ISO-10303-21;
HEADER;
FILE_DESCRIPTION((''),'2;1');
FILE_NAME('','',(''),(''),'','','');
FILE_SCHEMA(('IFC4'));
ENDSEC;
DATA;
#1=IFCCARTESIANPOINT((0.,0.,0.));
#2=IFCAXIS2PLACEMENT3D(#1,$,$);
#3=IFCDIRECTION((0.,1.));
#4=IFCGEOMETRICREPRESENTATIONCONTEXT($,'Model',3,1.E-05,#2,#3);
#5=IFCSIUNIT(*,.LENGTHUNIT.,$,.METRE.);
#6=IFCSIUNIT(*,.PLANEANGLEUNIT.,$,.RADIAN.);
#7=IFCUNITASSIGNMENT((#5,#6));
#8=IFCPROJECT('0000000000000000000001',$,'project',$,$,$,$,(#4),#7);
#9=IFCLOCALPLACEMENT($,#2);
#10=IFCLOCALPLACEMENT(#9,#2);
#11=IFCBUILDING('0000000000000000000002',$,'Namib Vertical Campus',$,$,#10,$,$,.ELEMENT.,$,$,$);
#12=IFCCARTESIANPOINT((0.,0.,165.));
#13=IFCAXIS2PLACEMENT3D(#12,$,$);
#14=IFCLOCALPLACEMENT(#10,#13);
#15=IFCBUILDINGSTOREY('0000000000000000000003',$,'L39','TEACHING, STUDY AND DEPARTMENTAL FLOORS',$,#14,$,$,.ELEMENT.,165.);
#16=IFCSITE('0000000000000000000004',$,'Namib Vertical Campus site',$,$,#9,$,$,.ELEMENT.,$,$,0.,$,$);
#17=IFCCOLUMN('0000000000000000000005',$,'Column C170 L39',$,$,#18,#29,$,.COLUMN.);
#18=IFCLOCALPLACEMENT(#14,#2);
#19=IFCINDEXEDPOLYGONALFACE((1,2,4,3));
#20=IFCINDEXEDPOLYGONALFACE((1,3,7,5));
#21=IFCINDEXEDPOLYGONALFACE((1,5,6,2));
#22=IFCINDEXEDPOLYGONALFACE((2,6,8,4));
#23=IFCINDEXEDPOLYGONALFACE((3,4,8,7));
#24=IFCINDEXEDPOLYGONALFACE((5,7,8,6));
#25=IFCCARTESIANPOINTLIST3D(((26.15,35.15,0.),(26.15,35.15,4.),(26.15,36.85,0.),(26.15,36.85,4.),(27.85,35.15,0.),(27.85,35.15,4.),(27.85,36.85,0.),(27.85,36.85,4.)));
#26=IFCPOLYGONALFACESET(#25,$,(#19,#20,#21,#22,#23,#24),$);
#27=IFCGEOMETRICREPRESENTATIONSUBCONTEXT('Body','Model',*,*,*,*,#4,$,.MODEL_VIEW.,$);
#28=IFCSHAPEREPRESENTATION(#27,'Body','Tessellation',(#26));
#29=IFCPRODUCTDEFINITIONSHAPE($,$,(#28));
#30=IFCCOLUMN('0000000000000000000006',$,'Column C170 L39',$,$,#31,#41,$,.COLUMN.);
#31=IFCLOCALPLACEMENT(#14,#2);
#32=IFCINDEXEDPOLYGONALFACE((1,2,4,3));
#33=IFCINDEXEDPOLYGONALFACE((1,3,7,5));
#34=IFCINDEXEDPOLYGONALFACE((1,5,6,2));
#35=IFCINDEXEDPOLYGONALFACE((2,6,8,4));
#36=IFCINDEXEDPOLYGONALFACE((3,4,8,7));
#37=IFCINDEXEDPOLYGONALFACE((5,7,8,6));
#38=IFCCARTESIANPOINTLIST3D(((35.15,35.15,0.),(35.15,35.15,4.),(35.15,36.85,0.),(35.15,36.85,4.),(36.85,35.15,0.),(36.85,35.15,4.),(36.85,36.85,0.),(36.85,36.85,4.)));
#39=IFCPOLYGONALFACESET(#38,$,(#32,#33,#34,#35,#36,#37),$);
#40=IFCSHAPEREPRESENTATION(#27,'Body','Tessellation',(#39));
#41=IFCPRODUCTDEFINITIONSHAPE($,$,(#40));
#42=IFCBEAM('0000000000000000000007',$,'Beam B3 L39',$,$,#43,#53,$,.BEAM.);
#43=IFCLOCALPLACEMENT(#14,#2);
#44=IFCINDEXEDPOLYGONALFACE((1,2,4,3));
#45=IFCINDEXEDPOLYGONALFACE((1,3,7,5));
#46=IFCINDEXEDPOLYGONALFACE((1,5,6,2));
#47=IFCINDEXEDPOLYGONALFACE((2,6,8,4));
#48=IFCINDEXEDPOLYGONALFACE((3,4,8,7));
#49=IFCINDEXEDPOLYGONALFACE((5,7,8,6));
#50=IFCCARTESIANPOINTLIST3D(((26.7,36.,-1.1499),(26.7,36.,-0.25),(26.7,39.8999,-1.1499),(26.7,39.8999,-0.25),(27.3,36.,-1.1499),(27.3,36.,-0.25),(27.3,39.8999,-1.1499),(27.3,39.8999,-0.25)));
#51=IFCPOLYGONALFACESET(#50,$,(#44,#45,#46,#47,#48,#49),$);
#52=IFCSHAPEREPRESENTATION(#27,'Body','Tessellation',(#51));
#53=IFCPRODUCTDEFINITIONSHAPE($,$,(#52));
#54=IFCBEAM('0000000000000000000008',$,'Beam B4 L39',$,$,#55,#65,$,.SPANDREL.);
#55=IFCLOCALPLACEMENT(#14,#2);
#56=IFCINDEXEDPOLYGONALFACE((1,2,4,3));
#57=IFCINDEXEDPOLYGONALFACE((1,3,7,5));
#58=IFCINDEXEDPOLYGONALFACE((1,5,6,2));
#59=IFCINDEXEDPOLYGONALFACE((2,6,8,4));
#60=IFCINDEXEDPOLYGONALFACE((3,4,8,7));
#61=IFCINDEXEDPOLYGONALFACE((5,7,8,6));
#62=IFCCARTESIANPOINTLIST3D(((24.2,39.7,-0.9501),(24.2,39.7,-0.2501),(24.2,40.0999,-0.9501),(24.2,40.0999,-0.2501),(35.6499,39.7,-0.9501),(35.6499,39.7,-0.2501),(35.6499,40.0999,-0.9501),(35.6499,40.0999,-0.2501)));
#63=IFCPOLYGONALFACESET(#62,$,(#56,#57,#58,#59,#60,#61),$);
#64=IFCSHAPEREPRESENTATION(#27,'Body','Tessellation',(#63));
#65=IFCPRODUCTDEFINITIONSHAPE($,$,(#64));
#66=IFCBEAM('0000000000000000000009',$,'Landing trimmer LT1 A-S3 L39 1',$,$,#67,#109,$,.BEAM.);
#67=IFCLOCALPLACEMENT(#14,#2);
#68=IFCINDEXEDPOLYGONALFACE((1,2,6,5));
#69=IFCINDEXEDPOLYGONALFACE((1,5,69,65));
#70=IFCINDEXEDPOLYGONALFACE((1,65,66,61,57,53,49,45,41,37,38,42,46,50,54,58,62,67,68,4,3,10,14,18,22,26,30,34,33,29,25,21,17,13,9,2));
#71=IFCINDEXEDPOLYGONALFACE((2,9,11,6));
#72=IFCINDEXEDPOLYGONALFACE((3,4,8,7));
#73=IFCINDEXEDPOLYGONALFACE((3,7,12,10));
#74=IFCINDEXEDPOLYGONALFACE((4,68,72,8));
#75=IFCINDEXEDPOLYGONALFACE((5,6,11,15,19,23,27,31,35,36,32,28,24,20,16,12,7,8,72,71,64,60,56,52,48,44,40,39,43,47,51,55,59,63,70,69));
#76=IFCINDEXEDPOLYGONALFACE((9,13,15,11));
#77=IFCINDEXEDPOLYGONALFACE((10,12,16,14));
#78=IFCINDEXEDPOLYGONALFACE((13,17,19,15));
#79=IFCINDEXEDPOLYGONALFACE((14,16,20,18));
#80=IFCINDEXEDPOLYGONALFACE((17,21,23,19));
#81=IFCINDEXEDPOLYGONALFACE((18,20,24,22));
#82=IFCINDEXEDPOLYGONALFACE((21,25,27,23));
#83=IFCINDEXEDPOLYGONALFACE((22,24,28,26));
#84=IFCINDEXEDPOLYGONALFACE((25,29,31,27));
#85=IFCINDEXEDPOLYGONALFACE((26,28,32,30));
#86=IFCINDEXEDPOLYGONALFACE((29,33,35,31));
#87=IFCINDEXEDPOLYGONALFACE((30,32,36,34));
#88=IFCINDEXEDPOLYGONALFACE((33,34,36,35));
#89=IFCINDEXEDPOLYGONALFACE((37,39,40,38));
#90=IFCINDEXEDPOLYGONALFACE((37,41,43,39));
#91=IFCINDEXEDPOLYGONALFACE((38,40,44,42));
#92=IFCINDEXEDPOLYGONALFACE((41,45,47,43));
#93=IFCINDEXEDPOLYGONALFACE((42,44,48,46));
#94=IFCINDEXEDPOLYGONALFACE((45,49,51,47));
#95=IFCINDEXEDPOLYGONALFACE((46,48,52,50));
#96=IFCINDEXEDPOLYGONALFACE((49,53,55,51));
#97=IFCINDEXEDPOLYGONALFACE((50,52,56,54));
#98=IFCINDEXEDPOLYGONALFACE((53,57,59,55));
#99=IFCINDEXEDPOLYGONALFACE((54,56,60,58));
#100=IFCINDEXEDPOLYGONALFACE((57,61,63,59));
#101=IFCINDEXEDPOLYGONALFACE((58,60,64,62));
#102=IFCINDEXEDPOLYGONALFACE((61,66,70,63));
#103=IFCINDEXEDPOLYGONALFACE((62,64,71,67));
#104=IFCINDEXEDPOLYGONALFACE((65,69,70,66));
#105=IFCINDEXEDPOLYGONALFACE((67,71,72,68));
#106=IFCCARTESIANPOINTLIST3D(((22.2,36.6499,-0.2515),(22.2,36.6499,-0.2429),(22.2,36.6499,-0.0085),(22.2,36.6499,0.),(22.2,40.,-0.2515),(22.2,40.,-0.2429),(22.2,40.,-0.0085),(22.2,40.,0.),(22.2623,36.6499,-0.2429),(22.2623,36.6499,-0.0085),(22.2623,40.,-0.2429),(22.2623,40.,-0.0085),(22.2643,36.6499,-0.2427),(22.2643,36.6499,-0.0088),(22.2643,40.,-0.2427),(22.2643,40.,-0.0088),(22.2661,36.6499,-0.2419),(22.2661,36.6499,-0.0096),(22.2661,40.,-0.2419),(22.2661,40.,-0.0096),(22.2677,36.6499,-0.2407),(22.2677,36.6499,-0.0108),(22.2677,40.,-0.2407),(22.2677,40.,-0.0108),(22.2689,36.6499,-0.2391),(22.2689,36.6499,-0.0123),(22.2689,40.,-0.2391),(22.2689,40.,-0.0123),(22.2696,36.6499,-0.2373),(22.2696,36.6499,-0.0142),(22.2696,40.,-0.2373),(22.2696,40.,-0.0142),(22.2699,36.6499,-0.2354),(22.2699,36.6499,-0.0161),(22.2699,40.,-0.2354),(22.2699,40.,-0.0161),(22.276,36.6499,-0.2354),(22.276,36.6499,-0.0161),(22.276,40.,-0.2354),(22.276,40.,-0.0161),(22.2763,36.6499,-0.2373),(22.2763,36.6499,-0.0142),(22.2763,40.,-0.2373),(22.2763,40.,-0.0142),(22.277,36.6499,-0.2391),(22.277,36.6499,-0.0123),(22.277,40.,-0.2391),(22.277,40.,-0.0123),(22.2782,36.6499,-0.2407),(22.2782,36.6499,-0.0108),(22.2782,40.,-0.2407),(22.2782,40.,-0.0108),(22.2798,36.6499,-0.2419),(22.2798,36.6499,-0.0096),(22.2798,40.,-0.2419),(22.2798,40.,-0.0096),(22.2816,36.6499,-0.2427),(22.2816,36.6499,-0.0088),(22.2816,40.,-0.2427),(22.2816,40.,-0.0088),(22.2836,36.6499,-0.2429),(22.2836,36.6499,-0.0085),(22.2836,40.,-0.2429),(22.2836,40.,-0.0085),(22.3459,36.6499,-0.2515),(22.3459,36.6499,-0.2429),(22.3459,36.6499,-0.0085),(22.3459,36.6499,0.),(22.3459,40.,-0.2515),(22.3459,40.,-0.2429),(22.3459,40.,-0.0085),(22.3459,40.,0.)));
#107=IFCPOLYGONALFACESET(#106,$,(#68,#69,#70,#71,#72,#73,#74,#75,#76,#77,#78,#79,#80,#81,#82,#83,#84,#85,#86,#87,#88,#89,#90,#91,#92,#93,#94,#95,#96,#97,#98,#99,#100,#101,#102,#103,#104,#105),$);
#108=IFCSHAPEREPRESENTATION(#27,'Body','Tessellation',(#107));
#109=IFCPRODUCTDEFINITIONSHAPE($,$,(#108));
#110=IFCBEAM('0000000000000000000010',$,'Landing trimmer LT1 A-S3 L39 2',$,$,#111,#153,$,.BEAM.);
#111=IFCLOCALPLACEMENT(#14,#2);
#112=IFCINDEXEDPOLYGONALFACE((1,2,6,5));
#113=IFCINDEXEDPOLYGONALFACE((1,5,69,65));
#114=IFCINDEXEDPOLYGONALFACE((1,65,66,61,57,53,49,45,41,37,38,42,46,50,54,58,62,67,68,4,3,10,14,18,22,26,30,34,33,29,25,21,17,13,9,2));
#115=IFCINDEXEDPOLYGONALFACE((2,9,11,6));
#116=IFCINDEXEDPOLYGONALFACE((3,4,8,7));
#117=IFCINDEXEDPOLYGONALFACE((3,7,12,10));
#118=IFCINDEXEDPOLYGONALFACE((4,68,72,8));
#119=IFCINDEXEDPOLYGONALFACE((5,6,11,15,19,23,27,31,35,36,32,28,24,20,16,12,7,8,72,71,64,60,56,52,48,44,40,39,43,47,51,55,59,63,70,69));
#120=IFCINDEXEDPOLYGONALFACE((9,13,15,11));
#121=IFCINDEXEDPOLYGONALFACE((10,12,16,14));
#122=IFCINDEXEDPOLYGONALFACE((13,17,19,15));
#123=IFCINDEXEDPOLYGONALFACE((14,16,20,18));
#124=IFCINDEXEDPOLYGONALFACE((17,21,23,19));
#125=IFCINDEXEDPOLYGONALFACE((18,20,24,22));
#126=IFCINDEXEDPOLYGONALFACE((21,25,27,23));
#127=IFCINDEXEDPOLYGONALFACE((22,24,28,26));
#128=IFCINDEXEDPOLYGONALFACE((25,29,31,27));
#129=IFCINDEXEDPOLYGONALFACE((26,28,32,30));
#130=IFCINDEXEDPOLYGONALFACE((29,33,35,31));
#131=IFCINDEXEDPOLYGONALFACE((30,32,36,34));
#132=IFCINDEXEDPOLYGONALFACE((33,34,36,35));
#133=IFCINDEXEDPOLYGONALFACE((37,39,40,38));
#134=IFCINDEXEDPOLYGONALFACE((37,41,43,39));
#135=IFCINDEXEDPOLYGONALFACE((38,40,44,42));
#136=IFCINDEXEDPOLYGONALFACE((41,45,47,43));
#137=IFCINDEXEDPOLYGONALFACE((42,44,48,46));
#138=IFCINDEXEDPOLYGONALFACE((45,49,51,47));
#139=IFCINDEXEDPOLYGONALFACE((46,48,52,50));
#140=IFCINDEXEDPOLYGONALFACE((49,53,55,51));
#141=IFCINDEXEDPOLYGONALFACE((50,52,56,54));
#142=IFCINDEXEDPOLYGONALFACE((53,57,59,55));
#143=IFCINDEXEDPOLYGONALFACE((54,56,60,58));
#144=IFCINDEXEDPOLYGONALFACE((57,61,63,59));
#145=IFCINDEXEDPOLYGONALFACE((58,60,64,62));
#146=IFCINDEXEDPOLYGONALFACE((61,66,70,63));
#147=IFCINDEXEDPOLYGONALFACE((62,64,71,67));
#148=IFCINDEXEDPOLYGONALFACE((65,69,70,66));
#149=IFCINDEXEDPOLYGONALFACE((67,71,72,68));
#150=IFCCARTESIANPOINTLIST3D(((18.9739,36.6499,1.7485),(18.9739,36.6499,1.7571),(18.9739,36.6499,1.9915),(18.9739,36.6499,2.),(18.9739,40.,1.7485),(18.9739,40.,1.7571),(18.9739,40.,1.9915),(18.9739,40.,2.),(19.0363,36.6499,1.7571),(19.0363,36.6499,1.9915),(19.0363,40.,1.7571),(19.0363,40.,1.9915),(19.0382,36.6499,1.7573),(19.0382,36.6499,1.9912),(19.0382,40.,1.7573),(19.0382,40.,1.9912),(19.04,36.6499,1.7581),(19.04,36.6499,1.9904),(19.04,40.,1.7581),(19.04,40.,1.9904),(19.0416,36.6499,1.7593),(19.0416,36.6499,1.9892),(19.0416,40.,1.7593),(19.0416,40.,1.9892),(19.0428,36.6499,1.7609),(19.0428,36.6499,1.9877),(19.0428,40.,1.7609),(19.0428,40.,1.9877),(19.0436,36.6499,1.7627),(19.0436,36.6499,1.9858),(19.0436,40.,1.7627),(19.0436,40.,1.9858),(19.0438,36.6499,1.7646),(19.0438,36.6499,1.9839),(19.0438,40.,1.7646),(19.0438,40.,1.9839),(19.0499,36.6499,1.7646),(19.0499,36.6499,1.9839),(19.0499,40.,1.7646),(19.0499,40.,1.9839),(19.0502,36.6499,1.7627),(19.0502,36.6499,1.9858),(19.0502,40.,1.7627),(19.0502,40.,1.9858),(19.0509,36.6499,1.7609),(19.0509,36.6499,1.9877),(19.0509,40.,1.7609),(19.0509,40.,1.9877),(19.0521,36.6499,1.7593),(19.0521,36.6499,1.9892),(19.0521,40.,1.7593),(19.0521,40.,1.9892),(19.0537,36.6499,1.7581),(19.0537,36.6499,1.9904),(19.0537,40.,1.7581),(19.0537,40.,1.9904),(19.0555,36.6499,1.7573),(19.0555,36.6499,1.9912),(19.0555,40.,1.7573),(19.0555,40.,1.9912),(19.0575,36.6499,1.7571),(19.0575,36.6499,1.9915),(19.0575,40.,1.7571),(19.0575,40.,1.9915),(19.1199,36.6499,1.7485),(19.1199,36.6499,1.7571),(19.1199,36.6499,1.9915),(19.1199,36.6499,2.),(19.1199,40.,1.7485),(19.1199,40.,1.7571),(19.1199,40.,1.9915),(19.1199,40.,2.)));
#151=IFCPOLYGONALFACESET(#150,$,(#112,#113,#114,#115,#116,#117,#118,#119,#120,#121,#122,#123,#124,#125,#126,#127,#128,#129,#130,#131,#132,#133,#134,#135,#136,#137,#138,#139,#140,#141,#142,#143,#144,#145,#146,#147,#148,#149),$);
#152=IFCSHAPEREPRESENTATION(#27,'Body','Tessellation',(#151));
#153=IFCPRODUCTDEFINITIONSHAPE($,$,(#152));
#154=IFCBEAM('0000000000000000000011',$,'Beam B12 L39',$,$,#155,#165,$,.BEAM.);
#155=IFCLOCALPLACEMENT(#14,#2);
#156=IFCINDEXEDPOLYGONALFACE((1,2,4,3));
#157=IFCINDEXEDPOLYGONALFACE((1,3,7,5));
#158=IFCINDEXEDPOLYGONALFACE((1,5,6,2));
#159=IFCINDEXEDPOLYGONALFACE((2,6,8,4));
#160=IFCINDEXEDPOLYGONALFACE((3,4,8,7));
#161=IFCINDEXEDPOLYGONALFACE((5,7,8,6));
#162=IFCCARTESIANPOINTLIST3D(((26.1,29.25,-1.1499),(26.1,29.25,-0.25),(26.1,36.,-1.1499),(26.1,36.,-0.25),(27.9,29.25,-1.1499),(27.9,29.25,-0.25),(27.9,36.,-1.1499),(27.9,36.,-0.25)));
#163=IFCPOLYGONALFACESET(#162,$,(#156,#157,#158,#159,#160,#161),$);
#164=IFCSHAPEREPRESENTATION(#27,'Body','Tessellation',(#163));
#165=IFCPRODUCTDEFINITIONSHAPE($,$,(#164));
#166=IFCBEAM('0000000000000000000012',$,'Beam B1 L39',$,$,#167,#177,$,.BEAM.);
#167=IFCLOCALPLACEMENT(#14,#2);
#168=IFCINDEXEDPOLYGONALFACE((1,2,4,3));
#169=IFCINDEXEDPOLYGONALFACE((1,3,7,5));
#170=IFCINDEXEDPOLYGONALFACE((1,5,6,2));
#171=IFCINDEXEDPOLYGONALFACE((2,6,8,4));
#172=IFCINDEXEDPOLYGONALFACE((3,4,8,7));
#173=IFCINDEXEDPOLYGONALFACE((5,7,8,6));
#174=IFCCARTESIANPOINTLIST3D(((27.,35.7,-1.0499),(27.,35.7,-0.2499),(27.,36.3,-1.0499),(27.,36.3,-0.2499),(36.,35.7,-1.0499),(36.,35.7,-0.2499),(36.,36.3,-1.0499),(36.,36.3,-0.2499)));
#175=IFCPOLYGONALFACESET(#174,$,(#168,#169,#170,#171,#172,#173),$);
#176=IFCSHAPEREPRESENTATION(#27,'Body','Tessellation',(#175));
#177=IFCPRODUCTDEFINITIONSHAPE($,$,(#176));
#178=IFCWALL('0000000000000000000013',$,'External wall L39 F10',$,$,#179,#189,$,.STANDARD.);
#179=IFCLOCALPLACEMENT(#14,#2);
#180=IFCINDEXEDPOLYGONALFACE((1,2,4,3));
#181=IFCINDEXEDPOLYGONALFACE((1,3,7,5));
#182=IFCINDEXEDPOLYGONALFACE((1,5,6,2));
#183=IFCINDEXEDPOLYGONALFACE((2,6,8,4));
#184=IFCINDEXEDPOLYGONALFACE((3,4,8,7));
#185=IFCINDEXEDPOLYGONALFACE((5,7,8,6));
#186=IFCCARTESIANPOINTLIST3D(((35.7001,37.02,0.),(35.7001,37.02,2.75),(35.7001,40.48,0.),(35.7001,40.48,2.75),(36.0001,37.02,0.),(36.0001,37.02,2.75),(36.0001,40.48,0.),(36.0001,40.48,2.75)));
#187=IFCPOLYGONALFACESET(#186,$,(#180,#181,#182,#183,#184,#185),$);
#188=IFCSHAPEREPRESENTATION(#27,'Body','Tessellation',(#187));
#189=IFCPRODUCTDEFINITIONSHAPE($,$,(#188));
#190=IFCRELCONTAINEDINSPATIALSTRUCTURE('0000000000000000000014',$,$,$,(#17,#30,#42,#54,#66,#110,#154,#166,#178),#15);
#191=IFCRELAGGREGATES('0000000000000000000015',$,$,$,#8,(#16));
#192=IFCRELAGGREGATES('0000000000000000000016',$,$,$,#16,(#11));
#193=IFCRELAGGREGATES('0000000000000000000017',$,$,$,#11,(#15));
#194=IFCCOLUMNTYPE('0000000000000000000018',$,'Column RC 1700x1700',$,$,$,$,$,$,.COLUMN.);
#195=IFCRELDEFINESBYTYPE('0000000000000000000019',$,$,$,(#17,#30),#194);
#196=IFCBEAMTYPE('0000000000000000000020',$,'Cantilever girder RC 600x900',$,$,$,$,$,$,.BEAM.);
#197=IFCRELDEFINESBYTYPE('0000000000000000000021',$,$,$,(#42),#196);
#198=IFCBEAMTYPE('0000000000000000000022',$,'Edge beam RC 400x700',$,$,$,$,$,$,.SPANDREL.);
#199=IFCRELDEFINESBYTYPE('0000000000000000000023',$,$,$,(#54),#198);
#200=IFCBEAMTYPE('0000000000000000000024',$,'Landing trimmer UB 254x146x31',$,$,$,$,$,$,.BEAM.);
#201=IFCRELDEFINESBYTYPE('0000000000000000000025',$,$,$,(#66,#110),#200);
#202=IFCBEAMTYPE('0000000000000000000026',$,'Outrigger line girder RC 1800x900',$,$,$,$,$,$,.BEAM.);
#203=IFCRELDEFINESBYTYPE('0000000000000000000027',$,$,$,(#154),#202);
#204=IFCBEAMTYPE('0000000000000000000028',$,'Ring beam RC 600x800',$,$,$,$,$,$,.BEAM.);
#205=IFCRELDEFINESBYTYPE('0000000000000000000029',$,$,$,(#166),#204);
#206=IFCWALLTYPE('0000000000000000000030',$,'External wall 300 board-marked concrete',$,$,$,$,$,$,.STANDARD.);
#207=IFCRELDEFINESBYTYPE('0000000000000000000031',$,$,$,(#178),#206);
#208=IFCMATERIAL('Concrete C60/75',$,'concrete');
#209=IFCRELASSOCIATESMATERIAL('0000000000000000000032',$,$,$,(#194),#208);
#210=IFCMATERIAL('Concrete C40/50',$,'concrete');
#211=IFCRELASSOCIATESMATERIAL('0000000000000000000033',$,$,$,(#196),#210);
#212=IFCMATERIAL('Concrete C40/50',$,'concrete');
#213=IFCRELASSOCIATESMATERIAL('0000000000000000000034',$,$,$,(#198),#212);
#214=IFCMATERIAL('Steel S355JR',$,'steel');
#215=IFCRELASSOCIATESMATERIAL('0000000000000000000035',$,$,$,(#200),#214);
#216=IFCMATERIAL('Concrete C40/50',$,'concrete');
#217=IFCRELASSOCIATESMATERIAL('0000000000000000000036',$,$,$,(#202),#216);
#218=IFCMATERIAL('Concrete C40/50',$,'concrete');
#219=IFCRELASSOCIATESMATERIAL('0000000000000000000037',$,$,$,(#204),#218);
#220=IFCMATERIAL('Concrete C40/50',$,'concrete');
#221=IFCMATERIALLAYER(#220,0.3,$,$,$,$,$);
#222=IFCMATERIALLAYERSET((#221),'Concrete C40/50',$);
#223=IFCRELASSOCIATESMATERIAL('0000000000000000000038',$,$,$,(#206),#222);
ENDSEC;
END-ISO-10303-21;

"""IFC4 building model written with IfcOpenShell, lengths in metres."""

from ifc_helpers import new_model, si_unit, direction, frame, frame_2d, origin, origin_2d, place, context, subcontext, project, spatial, rectangle, i_section, extrude, material, layer, layer_set, material_profile, profile_set, type_object, element, save


model = new_model("IFC4")

# Units and contexts
model_context = context("Model", 3, precision=1e-05, world=origin(), true_north=direction((0.0, 1.0)))
body_context = subcontext(model_context, "Body", "Model", "MODEL_VIEW")
ifc_project = project(units=[si_unit("LENGTHUNIT", "METRE"), si_unit("PLANEANGLEUNIT", "RADIAN")], contexts=[model_context])

# Site, building, storey
site_placement = place(None, origin())
site = spatial("IfcSite", under=ifc_project, at=site_placement, Name="Namib Vertical Campus site", CompositionType="ELEMENT", RefElevation=0.0)
building_placement = place(site_placement, origin())
building = spatial("IfcBuilding", under=site, at=building_placement, Name="Namib Vertical Campus", CompositionType="ELEMENT")
storey_placement = place(building_placement, frame((0.0, 0.0, 165.0)))
storey = spatial("IfcBuildingStorey", under=building, at=storey_placement, Name="L39", Description="TEACHING, STUDY AND DEPARTMENTAL FLOORS", CompositionType="ELEMENT", Elevation=165.0)

# Columns
ifc_material_1 = material(Name="Concrete C60/75", Category="concrete")
ifc_material_profile_1 = material_profile(ifc_material_1, rectangle(XDim=1.7, YDim=1.7, at=origin_2d()))
ifc_profile_set_1 = profile_set([ifc_material_profile_1], Name="Concrete C60/75")
column_type = type_object("IfcColumnType", Name="Column RC 1700x1700", PredefinedType="COLUMN", material=ifc_profile_set_1)
for number, where, z_axis, x_axis, name in (
    (1, (27.0, 36.0, 0.0), (0.0, 0.0, 1.0), (1.0, 0.0, 0.0), "Column C170 L39"),
    (2, (36.0, 36.0, 0.0), (0.0, 0.0, 1.0), (1.0, 0.0, 0.0), "Column C170 L39"),
):
    element("IfcColumn", number, at=place(storey_placement, frame(where, z_axis=z_axis, x_axis=x_axis)), inside=storey, type_object=column_type, Name=name, PredefinedType="COLUMN", context=body_context, shape_type="SweptSolid", body=[
        extrude(rectangle(XDim=1.7, YDim=1.7, at=origin_2d()), origin(), (0.0, 0.0, 1.0), 4.0),
    ])

# Beams
ifc_material_2 = material(Name="Concrete C40/50", Category="concrete")
ifc_material_profile_2 = material_profile(ifc_material_2, rectangle(XDim=0.6001, YDim=0.8999, at=origin_2d()))
ifc_profile_set_2 = profile_set([ifc_material_profile_2], Name="Concrete C40/50")
beam_type_1 = type_object("IfcBeamType", Name="Cantilever girder RC 600x900", PredefinedType="BEAM", material=ifc_profile_set_2)
beam_1_placement = place(storey_placement, frame((27.0, 36.0, -0.7), z_axis=(0.0, 1.0, 0.0), x_axis=(-1.0, 0.0, 0.0)))
element("IfcBeam", 3, at=beam_1_placement, inside=storey, type_object=beam_type_1, Name="Beam B3 L39", PredefinedType="BEAM", context=body_context, shape_type="SweptSolid", body=[
    extrude(rectangle(XDim=0.6001, YDim=0.8999, at=origin_2d()), origin(), (0.0, 0.0, 1.0), 3.8999),
])
ifc_material_3 = material(Name="Concrete C40/50", Category="concrete")
ifc_material_profile_3 = material_profile(ifc_material_3, rectangle(XDim=0.3999, YDim=0.7, at=origin_2d()))
ifc_profile_set_3 = profile_set([ifc_material_profile_3], Name="Concrete C40/50")
beam_type_2 = type_object("IfcBeamType", Name="Edge beam RC 400x700", PredefinedType="SPANDREL", material=ifc_profile_set_3)
beam_2_placement = place(storey_placement, frame((24.2, 39.8999, -0.6001), z_axis=(1.0, 0.0, 0.0), x_axis=(0.0, 1.0, 0.0)))
element("IfcBeam", 4, at=beam_2_placement, inside=storey, type_object=beam_type_2, Name="Beam B4 L39", PredefinedType="SPANDREL", context=body_context, shape_type="SweptSolid", body=[
    extrude(rectangle(XDim=0.3999, YDim=0.7, at=origin_2d()), origin(), (0.0, 0.0, 1.0), 11.45),
])
ifc_material_4 = material(Name="Steel S355JR", Category="steel")
ifc_material_profile_4 = material_profile(ifc_material_4, i_section(OverallWidth=0.146, OverallDepth=0.2515, WebThickness=0.0061, FlangeThickness=0.0085, FilletRadius=0.0076, at=origin_2d()))
ifc_profile_set_4 = profile_set([ifc_material_profile_4], Name="Steel S355JR")
beam_type_3 = type_object("IfcBeamType", Name="Landing trimmer UB 254x146x31", PredefinedType="BEAM", material=ifc_profile_set_4)
for number, where, z_axis, x_axis, name in (
    (5, (22.2729, 36.6499, -0.1257), (0.0, 1.0, 0.0), (-1.0, 0.0, 0.0), "Landing trimmer LT1 A-S3 L39 1"),
    (6, (19.0469, 36.6499, 1.8743), (0.0, 1.0, 0.0), (-1.0, 0.0, 0.0), "Landing trimmer LT1 A-S3 L39 2"),
):
    element("IfcBeam", number, at=place(storey_placement, frame(where, z_axis=z_axis, x_axis=x_axis)), inside=storey, type_object=beam_type_3, Name=name, PredefinedType="BEAM", context=body_context, shape_type="SweptSolid", body=[
        extrude(i_section(OverallWidth=0.146, OverallDepth=0.2515, WebThickness=0.0061, FlangeThickness=0.0085, FilletRadius=0.0076, at=origin_2d()), origin(), (0.0, 0.0, 1.0), 3.3501),
    ])
ifc_material_5 = material(Name="Concrete C40/50", Category="concrete")
ifc_material_profile_5 = material_profile(ifc_material_5, rectangle(XDim=1.8, YDim=0.8999, at=origin_2d()))
ifc_profile_set_5 = profile_set([ifc_material_profile_5], Name="Concrete C40/50")
beam_type_4 = type_object("IfcBeamType", Name="Outrigger line girder RC 1800x900", PredefinedType="BEAM", material=ifc_profile_set_5)
beam_3_placement = place(storey_placement, frame((27.0, 36.0, -0.7), z_axis=(0.0, -1.0, 0.0), x_axis=(1.0, 0.0, 0.0)))
element("IfcBeam", 7, at=beam_3_placement, inside=storey, type_object=beam_type_4, Name="Beam B12 L39", PredefinedType="BEAM", context=body_context, shape_type="SweptSolid", body=[
    extrude(rectangle(XDim=1.8, YDim=0.8999, at=origin_2d()), origin(), (0.0, 0.0, 1.0), 6.75),
])
ifc_material_6 = material(Name="Concrete C40/50", Category="concrete")
ifc_material_profile_6 = material_profile(ifc_material_6, rectangle(XDim=0.6001, YDim=0.8, at=origin_2d()))
ifc_profile_set_6 = profile_set([ifc_material_profile_6], Name="Concrete C40/50")
beam_type_5 = type_object("IfcBeamType", Name="Ring beam RC 600x800", PredefinedType="BEAM", material=ifc_profile_set_6)
beam_4_placement = place(storey_placement, frame((27.0, 36.0, -0.6499), z_axis=(1.0, 0.0, 0.0), x_axis=(0.0, 1.0, 0.0)))
element("IfcBeam", 8, at=beam_4_placement, inside=storey, type_object=beam_type_5, Name="Beam B1 L39", PredefinedType="BEAM", context=body_context, shape_type="SweptSolid", body=[
    extrude(rectangle(XDim=0.6001, YDim=0.8, at=origin_2d()), origin(), (0.0, 0.0, 1.0), 9.0),
])

# Wall
ifc_material_7 = material(Name="Concrete C40/50", Category="concrete")
ifc_layer_1 = layer(ifc_material_7, 0.3)
ifc_layer_set_1 = layer_set([ifc_layer_1], Name="Concrete C40/50")
wall_type_1 = type_object("IfcWallType", Name="External wall 300 board-marked concrete", PredefinedType="STANDARD", material=ifc_layer_set_1)
wall_1_placement = place(storey_placement, frame((35.8501, 37.02, 0.0), z_axis=(0.0, 0.0, 1.0), x_axis=(0.0, 1.0, 0.0)))
element("IfcWall", 9, at=wall_1_placement, inside=storey, type_object=wall_type_1, Name="External wall L39 F10", PredefinedType="STANDARD", context=body_context, shape_type="SweptSolid", body=[
    extrude(rectangle(XDim=3.46, YDim=0.3, at=frame_2d((1.73, 0.0))), origin(), (0.0, 0.0, 1.0), 2.75),
])

save(model, "model.ifc")
